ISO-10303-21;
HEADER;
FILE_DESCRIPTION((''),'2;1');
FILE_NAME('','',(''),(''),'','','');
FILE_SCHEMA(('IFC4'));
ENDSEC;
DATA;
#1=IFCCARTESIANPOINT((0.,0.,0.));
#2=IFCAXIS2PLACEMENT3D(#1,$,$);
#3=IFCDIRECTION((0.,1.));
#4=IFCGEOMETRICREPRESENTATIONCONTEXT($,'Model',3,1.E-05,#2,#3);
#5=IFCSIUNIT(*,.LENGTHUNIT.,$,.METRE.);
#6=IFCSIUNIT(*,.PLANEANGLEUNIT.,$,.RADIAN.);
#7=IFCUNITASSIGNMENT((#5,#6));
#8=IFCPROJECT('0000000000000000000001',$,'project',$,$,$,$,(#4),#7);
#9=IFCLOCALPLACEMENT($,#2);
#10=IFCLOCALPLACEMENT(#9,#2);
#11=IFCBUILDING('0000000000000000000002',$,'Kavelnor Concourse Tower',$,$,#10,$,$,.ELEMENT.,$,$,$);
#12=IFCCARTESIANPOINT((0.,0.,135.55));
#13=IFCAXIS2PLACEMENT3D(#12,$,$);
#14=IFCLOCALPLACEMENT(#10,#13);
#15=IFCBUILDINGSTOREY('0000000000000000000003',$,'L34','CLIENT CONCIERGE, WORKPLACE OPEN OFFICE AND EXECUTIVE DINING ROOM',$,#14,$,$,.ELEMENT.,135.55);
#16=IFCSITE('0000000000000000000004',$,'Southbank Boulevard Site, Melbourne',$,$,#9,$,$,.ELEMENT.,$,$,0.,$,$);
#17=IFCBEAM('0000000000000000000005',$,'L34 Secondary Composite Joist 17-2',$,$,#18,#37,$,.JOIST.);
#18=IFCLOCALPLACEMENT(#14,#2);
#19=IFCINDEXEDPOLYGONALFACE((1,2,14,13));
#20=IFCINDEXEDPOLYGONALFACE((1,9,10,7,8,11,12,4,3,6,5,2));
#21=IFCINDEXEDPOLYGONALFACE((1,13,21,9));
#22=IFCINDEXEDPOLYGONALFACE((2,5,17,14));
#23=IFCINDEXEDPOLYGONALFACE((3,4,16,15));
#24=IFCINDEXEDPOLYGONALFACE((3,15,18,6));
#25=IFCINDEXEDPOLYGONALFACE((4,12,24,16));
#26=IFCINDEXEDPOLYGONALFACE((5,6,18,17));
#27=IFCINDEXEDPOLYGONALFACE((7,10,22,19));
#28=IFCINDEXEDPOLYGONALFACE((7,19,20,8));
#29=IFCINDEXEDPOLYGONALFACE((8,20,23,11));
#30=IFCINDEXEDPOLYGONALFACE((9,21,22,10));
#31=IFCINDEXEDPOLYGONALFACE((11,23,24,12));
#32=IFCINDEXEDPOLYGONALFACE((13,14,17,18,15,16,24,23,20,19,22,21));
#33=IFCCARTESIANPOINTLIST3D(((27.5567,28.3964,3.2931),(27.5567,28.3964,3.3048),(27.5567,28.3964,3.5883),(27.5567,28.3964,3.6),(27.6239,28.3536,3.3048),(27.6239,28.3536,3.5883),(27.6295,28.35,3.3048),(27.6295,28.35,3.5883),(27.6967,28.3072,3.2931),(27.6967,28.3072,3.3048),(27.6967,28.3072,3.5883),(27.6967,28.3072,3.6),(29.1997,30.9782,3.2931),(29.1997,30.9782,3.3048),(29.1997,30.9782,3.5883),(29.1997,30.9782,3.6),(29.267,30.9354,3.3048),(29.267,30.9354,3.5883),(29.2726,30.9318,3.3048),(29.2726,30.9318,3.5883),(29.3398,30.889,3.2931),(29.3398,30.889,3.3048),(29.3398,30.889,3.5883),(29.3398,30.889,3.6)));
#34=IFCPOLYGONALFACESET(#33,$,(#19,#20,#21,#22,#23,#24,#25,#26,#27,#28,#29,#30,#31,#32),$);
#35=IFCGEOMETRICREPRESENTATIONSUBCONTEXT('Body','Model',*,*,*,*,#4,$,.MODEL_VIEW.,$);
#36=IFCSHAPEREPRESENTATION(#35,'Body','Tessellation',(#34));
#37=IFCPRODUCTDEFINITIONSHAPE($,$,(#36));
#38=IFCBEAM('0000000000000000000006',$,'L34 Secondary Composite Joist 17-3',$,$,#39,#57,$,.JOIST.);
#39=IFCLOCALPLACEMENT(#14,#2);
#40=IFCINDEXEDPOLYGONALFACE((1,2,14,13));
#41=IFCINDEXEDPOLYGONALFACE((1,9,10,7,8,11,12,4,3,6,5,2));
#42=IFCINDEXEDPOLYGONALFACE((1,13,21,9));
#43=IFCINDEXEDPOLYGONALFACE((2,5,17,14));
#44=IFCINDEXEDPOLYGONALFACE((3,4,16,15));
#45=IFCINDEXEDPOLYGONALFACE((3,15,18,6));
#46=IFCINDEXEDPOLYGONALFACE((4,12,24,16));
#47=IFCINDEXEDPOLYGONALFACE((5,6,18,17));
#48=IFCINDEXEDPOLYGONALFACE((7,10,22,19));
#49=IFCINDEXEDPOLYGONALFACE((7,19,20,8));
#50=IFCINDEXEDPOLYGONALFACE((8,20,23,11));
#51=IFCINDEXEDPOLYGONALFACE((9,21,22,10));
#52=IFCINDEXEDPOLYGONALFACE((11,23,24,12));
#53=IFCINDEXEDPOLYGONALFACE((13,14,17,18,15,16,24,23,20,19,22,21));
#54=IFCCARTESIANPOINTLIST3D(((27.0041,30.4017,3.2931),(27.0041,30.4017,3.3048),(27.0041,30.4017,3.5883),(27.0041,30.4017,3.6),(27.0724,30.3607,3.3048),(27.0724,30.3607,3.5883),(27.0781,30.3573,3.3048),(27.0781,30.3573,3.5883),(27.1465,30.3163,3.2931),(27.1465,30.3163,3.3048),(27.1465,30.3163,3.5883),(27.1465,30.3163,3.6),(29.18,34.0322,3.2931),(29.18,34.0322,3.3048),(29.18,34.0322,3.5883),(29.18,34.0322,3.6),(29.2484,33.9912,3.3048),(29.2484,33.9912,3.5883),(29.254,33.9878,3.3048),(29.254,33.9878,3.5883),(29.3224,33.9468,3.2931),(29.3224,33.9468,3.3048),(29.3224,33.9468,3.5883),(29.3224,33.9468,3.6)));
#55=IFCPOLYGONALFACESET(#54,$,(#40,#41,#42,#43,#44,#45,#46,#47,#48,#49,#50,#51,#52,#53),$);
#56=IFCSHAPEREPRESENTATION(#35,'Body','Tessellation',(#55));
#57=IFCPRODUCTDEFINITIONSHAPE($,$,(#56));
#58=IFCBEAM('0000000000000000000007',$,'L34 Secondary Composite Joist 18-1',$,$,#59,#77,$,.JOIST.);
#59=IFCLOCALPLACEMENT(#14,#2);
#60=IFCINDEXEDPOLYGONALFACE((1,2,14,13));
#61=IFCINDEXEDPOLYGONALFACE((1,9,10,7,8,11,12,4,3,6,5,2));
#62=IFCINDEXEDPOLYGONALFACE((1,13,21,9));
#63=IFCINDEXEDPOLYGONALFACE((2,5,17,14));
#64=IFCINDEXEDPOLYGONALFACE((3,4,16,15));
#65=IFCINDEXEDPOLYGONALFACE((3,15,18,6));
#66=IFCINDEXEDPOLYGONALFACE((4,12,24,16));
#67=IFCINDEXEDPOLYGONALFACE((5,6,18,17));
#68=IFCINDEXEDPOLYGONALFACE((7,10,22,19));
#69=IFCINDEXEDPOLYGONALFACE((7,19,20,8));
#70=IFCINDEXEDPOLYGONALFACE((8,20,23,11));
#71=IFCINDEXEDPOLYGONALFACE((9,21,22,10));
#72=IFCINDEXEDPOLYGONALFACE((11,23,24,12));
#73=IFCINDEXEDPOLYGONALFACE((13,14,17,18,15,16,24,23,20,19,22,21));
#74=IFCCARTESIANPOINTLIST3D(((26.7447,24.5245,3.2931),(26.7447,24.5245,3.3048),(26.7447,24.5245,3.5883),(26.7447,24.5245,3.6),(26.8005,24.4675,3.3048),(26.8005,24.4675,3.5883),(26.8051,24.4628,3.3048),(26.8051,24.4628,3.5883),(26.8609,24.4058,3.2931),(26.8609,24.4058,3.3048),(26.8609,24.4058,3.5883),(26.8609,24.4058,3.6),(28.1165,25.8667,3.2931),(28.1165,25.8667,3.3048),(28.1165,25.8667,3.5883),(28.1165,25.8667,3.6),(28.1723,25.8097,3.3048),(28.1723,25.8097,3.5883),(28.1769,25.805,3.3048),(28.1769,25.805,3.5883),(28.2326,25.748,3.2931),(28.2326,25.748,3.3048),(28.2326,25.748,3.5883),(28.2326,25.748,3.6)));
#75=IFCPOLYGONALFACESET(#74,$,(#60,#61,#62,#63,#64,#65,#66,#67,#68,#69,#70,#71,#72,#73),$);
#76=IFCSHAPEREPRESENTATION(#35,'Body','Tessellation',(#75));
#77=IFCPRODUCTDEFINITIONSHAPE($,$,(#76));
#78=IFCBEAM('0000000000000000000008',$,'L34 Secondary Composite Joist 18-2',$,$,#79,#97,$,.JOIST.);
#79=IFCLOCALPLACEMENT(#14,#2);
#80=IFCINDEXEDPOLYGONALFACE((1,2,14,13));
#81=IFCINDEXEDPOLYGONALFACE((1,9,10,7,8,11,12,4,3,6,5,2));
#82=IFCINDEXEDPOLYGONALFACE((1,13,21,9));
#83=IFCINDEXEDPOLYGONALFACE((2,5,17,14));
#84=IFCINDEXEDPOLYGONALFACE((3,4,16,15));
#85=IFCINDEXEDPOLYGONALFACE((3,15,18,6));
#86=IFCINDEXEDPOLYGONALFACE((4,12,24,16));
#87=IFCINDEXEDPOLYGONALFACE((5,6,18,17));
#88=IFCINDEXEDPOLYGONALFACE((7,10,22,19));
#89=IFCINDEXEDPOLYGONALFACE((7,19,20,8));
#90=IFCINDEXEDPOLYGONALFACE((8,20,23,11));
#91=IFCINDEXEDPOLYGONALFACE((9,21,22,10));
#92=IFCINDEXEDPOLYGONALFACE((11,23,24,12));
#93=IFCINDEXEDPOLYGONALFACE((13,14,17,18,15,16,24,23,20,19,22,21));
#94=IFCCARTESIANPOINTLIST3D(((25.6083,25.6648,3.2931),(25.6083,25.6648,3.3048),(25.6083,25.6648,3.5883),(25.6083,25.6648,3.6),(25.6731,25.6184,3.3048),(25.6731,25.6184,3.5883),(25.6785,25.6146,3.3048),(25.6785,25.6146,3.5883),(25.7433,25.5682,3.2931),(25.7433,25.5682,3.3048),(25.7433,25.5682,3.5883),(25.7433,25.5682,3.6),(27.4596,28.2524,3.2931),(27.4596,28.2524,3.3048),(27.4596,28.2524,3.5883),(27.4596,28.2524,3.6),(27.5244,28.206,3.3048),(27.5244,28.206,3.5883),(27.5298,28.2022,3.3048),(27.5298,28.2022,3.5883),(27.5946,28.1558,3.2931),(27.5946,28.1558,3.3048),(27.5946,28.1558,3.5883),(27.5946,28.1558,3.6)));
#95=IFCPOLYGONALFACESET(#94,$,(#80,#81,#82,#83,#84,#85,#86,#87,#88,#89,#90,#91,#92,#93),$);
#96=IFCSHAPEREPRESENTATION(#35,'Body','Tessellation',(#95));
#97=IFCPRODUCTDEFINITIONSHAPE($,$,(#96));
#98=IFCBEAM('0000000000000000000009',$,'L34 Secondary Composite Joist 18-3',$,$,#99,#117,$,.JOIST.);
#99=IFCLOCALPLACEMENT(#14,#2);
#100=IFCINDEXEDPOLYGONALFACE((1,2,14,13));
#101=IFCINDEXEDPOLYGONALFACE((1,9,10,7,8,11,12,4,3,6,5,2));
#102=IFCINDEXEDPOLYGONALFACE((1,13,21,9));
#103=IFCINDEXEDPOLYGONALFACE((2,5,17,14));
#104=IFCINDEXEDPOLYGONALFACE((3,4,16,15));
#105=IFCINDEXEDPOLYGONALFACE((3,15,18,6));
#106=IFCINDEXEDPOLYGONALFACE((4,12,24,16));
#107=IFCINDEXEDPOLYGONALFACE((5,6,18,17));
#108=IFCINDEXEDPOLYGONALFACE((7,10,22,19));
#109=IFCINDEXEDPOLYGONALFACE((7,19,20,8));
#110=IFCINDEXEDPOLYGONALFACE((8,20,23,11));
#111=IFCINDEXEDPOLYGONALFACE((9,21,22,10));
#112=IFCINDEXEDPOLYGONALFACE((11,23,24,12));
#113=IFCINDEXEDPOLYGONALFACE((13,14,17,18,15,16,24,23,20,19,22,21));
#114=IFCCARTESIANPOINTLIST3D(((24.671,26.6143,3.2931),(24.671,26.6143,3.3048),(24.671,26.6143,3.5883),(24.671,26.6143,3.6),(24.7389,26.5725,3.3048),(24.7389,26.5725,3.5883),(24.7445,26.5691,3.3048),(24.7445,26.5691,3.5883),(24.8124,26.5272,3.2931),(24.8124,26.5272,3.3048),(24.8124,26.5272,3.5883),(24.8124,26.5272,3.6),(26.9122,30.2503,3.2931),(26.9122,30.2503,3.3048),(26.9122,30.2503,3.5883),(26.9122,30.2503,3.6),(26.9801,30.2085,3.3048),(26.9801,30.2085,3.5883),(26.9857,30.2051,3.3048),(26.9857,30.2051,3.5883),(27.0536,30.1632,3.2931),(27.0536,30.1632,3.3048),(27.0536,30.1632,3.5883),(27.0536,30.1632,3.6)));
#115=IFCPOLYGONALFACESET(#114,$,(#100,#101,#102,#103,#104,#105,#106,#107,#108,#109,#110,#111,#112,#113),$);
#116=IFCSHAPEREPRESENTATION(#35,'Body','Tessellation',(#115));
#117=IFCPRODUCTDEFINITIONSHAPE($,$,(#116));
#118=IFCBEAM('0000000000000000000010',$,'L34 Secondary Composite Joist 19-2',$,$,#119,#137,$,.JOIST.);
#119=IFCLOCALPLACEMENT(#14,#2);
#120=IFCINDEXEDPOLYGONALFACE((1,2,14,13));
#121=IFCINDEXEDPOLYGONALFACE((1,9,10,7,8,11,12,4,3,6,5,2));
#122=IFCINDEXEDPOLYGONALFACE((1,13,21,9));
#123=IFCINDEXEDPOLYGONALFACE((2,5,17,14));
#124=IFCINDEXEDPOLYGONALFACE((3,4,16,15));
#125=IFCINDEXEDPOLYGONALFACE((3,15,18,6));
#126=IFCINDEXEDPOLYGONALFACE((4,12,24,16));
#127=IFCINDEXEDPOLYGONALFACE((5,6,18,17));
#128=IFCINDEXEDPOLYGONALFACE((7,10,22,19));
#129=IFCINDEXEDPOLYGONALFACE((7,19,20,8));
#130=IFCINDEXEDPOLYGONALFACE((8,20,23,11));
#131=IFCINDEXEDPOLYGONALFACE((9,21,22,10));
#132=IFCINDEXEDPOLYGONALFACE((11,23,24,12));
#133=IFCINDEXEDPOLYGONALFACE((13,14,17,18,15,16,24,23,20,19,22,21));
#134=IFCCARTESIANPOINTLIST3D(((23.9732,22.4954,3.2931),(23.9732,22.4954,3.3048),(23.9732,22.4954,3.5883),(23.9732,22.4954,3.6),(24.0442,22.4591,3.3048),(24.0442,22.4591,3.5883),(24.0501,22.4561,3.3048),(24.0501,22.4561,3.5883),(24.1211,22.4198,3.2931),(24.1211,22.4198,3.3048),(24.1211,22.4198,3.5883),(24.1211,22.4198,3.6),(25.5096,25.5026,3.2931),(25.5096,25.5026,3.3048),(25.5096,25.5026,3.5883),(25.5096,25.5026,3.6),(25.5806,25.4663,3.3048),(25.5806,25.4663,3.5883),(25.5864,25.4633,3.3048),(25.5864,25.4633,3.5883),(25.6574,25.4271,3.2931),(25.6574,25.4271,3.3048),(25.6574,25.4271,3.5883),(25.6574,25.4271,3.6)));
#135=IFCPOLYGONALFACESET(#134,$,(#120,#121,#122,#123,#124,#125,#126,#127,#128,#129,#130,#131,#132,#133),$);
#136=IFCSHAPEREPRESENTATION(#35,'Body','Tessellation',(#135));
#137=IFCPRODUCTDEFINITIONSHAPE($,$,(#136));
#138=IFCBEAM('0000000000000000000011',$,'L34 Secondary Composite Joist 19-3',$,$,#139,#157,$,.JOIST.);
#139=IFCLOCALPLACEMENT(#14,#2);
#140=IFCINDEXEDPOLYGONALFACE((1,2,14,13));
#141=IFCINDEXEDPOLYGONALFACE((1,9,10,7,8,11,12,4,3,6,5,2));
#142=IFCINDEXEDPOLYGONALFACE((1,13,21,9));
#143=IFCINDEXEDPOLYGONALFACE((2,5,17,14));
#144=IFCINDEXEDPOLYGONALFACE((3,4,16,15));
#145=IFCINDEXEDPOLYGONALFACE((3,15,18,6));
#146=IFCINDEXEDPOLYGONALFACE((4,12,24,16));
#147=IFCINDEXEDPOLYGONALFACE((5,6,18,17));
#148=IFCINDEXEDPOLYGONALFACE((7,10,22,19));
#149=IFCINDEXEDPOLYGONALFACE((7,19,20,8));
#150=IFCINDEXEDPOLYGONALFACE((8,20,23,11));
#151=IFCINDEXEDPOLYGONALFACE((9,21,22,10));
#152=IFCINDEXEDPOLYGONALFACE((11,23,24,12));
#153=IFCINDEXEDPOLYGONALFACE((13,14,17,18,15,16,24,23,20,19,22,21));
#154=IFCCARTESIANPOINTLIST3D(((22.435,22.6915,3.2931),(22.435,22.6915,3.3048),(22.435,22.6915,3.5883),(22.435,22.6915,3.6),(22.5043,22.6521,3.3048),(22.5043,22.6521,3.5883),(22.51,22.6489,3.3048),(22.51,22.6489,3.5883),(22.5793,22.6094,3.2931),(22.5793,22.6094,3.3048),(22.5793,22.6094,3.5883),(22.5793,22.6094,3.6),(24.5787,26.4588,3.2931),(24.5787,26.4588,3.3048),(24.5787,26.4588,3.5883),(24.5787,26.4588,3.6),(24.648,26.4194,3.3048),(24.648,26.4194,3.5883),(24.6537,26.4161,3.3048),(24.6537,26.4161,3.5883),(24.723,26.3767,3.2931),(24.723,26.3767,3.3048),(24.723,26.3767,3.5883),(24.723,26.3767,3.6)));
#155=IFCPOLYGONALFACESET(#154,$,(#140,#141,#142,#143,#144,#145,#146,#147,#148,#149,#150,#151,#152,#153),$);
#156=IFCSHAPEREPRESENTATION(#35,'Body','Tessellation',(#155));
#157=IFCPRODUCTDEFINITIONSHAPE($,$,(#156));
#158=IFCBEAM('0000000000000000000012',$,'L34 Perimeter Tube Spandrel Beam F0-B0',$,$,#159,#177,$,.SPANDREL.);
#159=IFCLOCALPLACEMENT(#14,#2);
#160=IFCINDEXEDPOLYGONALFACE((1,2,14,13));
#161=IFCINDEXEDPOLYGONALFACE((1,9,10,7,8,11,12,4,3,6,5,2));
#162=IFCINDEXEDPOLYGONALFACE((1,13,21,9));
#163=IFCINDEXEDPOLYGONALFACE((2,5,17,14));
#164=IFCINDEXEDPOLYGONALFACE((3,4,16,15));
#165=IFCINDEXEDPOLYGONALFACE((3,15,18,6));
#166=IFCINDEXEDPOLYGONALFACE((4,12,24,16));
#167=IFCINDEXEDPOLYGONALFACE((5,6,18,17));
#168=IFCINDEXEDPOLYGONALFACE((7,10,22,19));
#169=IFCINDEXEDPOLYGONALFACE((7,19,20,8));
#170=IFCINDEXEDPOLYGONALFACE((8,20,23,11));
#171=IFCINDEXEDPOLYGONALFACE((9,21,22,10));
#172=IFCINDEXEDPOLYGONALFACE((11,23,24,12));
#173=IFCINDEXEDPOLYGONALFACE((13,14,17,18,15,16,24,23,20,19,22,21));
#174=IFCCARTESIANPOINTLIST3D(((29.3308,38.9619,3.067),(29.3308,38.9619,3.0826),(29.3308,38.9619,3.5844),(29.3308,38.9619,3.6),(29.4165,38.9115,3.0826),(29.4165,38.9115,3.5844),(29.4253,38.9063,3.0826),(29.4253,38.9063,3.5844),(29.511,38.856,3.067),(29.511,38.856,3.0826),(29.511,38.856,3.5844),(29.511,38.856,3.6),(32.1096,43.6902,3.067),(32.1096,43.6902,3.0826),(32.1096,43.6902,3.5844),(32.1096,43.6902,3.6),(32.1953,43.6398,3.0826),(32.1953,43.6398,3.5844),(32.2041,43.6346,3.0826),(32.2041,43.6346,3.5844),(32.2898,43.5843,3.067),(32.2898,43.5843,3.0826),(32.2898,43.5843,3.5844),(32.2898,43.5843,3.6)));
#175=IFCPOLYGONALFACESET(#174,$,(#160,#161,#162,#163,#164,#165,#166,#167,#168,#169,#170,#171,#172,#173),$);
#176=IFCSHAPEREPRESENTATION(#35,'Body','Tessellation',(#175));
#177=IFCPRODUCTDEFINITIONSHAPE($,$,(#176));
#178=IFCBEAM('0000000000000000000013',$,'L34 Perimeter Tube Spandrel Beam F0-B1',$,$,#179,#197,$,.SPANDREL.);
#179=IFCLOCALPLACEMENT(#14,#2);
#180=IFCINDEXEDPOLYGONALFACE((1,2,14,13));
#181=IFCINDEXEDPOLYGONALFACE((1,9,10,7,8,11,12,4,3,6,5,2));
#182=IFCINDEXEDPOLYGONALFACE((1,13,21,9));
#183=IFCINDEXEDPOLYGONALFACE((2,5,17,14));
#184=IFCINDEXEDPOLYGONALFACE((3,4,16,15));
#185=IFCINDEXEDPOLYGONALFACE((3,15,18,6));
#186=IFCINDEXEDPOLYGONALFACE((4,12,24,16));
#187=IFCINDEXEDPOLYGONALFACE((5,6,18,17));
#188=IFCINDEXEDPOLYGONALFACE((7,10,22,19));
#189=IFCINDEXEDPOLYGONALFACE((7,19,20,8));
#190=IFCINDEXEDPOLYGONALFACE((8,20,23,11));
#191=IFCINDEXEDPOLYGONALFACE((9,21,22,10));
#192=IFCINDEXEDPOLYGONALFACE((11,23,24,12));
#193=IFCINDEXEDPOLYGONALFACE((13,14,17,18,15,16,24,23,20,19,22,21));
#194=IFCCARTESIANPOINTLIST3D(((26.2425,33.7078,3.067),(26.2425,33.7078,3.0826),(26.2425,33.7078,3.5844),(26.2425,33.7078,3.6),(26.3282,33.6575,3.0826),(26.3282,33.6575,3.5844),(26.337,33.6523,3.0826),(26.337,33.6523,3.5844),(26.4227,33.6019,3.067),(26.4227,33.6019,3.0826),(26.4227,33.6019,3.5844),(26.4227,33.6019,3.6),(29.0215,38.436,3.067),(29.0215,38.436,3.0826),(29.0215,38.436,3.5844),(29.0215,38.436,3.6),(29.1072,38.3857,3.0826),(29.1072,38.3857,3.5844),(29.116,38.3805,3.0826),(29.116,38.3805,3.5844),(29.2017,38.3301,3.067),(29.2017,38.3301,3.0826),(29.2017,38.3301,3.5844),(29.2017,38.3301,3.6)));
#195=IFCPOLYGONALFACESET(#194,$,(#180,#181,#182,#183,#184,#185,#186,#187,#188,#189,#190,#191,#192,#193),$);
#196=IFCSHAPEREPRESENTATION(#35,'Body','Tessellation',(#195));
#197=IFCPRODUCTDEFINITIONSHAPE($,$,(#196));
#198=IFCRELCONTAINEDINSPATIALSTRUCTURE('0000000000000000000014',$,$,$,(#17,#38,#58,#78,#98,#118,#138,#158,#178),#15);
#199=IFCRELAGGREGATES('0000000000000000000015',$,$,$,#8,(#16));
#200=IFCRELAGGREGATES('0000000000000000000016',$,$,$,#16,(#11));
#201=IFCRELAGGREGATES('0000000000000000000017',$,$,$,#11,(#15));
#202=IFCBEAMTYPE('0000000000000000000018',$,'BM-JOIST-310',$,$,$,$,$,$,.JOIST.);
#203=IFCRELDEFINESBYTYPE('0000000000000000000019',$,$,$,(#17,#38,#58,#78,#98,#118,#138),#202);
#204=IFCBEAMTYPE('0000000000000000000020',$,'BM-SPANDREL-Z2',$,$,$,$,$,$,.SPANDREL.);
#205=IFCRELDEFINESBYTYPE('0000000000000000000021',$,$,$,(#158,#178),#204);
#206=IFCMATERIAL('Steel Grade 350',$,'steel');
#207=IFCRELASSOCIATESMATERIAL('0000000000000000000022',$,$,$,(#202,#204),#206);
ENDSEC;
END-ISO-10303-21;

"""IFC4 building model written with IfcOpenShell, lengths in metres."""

from ifc_helpers import new_model, si_unit, direction, frame, origin, origin_2d, place, context, subcontext, project, spatial, i_section, extrude, material, material_profile, profile_set, type_object, element, save


model = new_model("IFC4")

# Units and contexts
model_context = context("Model", 3, precision=1e-05, world=origin(), true_north=direction((0.0, 1.0)))
body_context = subcontext(model_context, "Body", "Model", "MODEL_VIEW")
ifc_project = project(units=[si_unit("LENGTHUNIT", "METRE"), si_unit("PLANEANGLEUNIT", "RADIAN")], contexts=[model_context])

# Site, building, storey
site_placement = place(None, origin())
site = spatial("IfcSite", under=ifc_project, at=site_placement, Name="Southbank Boulevard Site, Melbourne", CompositionType="ELEMENT", RefElevation=0.0)
building_placement = place(site_placement, origin())
building = spatial("IfcBuilding", under=site, at=building_placement, Name="Kavelnor Concourse Tower", CompositionType="ELEMENT")
storey_placement = place(building_placement, frame((0.0, 0.0, 135.55)))
storey = spatial("IfcBuildingStorey", under=building, at=storey_placement, Name="L34", Description="CLIENT CONCIERGE, WORKPLACE OPEN OFFICE AND EXECUTIVE DINING ROOM", CompositionType="ELEMENT", Elevation=135.55)

# Shared definitions
ifc_material_1 = material(Name="Steel Grade 350", Category="steel")

# Beams
ifc_material_profile_1 = material_profile(ifc_material_1, i_section(OverallWidth=0.166, OverallDepth=0.3069, WebThickness=0.0066, FlangeThickness=0.0117, at=origin_2d()), Name="310UB46")
ifc_profile_set_1 = profile_set([ifc_material_profile_1], Name="Steel Grade 350")
beam_type_1 = type_object("IfcBeamType", Name="BM-JOIST-310", PredefinedType="JOIST", material=ifc_profile_set_1)
beam_1_placement = place(storey_placement, frame((29.2698, 30.9336, 3.4465), z_axis=(-0.536901, -0.843645, 0.0), x_axis=(0.843645, -0.536901, 0.0)))
element("IfcBeam", 1, at=beam_1_placement, inside=storey, type_object=beam_type_1, Name="L34 Secondary Composite Joist 17-2", PredefinedType="JOIST", context=body_context, shape_type="SweptSolid", body=[
    extrude(i_section(OverallWidth=0.166, OverallDepth=0.3069, WebThickness=0.0066, FlangeThickness=0.0117, at=origin_2d()), origin(), (0.0, 0.0, 1.0), 3.0603),
])
beam_2_placement = place(storey_placement, frame((29.2512, 33.9895, 3.4465), z_axis=(-0.514089, -0.857737, 0.0), x_axis=(0.857737, -0.514089, 0.0)))
element("IfcBeam", 2, at=beam_2_placement, inside=storey, type_object=beam_type_1, Name="L34 Secondary Composite Joist 17-3", PredefinedType="JOIST", context=body_context, shape_type="SweptSolid", body=[
    extrude(i_section(OverallWidth=0.166, OverallDepth=0.3069, WebThickness=0.0066, FlangeThickness=0.0117, at=origin_2d()), origin(), (0.0, 0.0, 1.0), 4.2327),
])
beam_3_placement = place(storey_placement, frame((28.1746, 25.8074, 3.4465), z_axis=(-0.714761, -0.699369, 0.0), x_axis=(0.699369, -0.714761, 0.0)))
element("IfcBeam", 3, at=beam_3_placement, inside=storey, type_object=beam_type_1, Name="L34 Secondary Composite Joist 18-1", PredefinedType="JOIST", context=body_context, shape_type="SweptSolid", body=[
    extrude(i_section(OverallWidth=0.166, OverallDepth=0.3069, WebThickness=0.0066, FlangeThickness=0.0117, at=origin_2d()), origin(), (0.0, 0.0, 1.0), 1.9192),
])
beam_4_placement = place(storey_placement, frame((27.5271, 28.2041, 3.4465), z_axis=(-0.581862, -0.813287, 0.0), x_axis=(0.813287, -0.581862, 0.0)))
element("IfcBeam", 4, at=beam_4_placement, inside=storey, type_object=beam_type_1, Name="L34 Secondary Composite Joist 18-2", PredefinedType="JOIST", context=body_context, shape_type="SweptSolid", body=[
    extrude(i_section(OverallWidth=0.166, OverallDepth=0.3069, WebThickness=0.0066, FlangeThickness=0.0117, at=origin_2d()), origin(), (0.0, 0.0, 1.0), 3.1816),
])
beam_5_placement = place(storey_placement, frame((26.9829, 30.2068, 3.4465), z_axis=(-0.524722, -0.851273, 0.0), x_axis=(0.851273, -0.524722, 0.0)))
element("IfcBeam", 5, at=beam_5_placement, inside=storey, type_object=beam_type_1, Name="L34 Secondary Composite Joist 18-3", PredefinedType="JOIST", context=body_context, shape_type="SweptSolid", body=[
    extrude(i_section(OverallWidth=0.166, OverallDepth=0.3069, WebThickness=0.0066, FlangeThickness=0.0117, at=origin_2d()), origin(), (0.0, 0.0, 1.0), 4.2712),
])
beam_6_placement = place(storey_placement, frame((25.5835, 25.4648, 3.4465), z_axis=(-0.454947, -0.890519, 0.0), x_axis=(0.890519, -0.454947, 0.0)))
element("IfcBeam", 6, at=beam_6_placement, inside=storey, type_object=beam_type_1, Name="L34 Secondary Composite Joist 19-2", PredefinedType="JOIST", context=body_context, shape_type="SweptSolid", body=[
    extrude(i_section(OverallWidth=0.166, OverallDepth=0.3069, WebThickness=0.0066, FlangeThickness=0.0117, at=origin_2d()), origin(), (0.0, 0.0, 1.0), 3.377),
])
beam_7_placement = place(storey_placement, frame((24.6509, 26.4177, 3.4465), z_axis=(-0.494579, -0.869133, 0.0), x_axis=(0.869133, -0.494579, 0.0)))
element("IfcBeam", 7, at=beam_7_placement, inside=storey, type_object=beam_type_1, Name="L34 Secondary Composite Joist 19-3", PredefinedType="JOIST", context=body_context, shape_type="SweptSolid", body=[
    extrude(i_section(OverallWidth=0.166, OverallDepth=0.3069, WebThickness=0.0066, FlangeThickness=0.0117, at=origin_2d()), origin(), (0.0, 0.0, 1.0), 4.3345),
])
ifc_material_profile_2 = material_profile(ifc_material_1, i_section(OverallWidth=0.209, OverallDepth=0.533, WebThickness=0.0103, FlangeThickness=0.0156, at=origin_2d()), Name="530UB92")
ifc_profile_set_2 = profile_set([ifc_material_profile_2], Name="Steel Grade 350")
beam_type_2 = type_object("IfcBeamType", Name="BM-SPANDREL-Z2", PredefinedType="SPANDREL", material=ifc_profile_set_2)
for number, where, z_axis, x_axis, name in (
    (8, (32.1997, 43.6372, 3.3335), (-0.506678, -0.862136, 0.0), (0.862136, -0.506678, 0.0), "L34 Perimeter Tube Spandrel Beam F0-B0"),
    (9, (29.1116, 38.3831, 3.3335), (-0.506711, -0.862116, 0.0), (0.862116, -0.506711, 0.0), "L34 Perimeter Tube Spandrel Beam F0-B1"),
):
    element("IfcBeam", number, at=place(storey_placement, frame(where, z_axis=z_axis, x_axis=x_axis)), inside=storey, type_object=beam_type_2, Name=name, PredefinedType="SPANDREL", context=body_context, shape_type="SweptSolid", body=[
        extrude(i_section(OverallWidth=0.209, OverallDepth=0.533, WebThickness=0.0103, FlangeThickness=0.0156, at=origin_2d()), origin(), (0.0, 0.0, 1.0), 5.4844),
    ])

save(model, "model.ifc")
